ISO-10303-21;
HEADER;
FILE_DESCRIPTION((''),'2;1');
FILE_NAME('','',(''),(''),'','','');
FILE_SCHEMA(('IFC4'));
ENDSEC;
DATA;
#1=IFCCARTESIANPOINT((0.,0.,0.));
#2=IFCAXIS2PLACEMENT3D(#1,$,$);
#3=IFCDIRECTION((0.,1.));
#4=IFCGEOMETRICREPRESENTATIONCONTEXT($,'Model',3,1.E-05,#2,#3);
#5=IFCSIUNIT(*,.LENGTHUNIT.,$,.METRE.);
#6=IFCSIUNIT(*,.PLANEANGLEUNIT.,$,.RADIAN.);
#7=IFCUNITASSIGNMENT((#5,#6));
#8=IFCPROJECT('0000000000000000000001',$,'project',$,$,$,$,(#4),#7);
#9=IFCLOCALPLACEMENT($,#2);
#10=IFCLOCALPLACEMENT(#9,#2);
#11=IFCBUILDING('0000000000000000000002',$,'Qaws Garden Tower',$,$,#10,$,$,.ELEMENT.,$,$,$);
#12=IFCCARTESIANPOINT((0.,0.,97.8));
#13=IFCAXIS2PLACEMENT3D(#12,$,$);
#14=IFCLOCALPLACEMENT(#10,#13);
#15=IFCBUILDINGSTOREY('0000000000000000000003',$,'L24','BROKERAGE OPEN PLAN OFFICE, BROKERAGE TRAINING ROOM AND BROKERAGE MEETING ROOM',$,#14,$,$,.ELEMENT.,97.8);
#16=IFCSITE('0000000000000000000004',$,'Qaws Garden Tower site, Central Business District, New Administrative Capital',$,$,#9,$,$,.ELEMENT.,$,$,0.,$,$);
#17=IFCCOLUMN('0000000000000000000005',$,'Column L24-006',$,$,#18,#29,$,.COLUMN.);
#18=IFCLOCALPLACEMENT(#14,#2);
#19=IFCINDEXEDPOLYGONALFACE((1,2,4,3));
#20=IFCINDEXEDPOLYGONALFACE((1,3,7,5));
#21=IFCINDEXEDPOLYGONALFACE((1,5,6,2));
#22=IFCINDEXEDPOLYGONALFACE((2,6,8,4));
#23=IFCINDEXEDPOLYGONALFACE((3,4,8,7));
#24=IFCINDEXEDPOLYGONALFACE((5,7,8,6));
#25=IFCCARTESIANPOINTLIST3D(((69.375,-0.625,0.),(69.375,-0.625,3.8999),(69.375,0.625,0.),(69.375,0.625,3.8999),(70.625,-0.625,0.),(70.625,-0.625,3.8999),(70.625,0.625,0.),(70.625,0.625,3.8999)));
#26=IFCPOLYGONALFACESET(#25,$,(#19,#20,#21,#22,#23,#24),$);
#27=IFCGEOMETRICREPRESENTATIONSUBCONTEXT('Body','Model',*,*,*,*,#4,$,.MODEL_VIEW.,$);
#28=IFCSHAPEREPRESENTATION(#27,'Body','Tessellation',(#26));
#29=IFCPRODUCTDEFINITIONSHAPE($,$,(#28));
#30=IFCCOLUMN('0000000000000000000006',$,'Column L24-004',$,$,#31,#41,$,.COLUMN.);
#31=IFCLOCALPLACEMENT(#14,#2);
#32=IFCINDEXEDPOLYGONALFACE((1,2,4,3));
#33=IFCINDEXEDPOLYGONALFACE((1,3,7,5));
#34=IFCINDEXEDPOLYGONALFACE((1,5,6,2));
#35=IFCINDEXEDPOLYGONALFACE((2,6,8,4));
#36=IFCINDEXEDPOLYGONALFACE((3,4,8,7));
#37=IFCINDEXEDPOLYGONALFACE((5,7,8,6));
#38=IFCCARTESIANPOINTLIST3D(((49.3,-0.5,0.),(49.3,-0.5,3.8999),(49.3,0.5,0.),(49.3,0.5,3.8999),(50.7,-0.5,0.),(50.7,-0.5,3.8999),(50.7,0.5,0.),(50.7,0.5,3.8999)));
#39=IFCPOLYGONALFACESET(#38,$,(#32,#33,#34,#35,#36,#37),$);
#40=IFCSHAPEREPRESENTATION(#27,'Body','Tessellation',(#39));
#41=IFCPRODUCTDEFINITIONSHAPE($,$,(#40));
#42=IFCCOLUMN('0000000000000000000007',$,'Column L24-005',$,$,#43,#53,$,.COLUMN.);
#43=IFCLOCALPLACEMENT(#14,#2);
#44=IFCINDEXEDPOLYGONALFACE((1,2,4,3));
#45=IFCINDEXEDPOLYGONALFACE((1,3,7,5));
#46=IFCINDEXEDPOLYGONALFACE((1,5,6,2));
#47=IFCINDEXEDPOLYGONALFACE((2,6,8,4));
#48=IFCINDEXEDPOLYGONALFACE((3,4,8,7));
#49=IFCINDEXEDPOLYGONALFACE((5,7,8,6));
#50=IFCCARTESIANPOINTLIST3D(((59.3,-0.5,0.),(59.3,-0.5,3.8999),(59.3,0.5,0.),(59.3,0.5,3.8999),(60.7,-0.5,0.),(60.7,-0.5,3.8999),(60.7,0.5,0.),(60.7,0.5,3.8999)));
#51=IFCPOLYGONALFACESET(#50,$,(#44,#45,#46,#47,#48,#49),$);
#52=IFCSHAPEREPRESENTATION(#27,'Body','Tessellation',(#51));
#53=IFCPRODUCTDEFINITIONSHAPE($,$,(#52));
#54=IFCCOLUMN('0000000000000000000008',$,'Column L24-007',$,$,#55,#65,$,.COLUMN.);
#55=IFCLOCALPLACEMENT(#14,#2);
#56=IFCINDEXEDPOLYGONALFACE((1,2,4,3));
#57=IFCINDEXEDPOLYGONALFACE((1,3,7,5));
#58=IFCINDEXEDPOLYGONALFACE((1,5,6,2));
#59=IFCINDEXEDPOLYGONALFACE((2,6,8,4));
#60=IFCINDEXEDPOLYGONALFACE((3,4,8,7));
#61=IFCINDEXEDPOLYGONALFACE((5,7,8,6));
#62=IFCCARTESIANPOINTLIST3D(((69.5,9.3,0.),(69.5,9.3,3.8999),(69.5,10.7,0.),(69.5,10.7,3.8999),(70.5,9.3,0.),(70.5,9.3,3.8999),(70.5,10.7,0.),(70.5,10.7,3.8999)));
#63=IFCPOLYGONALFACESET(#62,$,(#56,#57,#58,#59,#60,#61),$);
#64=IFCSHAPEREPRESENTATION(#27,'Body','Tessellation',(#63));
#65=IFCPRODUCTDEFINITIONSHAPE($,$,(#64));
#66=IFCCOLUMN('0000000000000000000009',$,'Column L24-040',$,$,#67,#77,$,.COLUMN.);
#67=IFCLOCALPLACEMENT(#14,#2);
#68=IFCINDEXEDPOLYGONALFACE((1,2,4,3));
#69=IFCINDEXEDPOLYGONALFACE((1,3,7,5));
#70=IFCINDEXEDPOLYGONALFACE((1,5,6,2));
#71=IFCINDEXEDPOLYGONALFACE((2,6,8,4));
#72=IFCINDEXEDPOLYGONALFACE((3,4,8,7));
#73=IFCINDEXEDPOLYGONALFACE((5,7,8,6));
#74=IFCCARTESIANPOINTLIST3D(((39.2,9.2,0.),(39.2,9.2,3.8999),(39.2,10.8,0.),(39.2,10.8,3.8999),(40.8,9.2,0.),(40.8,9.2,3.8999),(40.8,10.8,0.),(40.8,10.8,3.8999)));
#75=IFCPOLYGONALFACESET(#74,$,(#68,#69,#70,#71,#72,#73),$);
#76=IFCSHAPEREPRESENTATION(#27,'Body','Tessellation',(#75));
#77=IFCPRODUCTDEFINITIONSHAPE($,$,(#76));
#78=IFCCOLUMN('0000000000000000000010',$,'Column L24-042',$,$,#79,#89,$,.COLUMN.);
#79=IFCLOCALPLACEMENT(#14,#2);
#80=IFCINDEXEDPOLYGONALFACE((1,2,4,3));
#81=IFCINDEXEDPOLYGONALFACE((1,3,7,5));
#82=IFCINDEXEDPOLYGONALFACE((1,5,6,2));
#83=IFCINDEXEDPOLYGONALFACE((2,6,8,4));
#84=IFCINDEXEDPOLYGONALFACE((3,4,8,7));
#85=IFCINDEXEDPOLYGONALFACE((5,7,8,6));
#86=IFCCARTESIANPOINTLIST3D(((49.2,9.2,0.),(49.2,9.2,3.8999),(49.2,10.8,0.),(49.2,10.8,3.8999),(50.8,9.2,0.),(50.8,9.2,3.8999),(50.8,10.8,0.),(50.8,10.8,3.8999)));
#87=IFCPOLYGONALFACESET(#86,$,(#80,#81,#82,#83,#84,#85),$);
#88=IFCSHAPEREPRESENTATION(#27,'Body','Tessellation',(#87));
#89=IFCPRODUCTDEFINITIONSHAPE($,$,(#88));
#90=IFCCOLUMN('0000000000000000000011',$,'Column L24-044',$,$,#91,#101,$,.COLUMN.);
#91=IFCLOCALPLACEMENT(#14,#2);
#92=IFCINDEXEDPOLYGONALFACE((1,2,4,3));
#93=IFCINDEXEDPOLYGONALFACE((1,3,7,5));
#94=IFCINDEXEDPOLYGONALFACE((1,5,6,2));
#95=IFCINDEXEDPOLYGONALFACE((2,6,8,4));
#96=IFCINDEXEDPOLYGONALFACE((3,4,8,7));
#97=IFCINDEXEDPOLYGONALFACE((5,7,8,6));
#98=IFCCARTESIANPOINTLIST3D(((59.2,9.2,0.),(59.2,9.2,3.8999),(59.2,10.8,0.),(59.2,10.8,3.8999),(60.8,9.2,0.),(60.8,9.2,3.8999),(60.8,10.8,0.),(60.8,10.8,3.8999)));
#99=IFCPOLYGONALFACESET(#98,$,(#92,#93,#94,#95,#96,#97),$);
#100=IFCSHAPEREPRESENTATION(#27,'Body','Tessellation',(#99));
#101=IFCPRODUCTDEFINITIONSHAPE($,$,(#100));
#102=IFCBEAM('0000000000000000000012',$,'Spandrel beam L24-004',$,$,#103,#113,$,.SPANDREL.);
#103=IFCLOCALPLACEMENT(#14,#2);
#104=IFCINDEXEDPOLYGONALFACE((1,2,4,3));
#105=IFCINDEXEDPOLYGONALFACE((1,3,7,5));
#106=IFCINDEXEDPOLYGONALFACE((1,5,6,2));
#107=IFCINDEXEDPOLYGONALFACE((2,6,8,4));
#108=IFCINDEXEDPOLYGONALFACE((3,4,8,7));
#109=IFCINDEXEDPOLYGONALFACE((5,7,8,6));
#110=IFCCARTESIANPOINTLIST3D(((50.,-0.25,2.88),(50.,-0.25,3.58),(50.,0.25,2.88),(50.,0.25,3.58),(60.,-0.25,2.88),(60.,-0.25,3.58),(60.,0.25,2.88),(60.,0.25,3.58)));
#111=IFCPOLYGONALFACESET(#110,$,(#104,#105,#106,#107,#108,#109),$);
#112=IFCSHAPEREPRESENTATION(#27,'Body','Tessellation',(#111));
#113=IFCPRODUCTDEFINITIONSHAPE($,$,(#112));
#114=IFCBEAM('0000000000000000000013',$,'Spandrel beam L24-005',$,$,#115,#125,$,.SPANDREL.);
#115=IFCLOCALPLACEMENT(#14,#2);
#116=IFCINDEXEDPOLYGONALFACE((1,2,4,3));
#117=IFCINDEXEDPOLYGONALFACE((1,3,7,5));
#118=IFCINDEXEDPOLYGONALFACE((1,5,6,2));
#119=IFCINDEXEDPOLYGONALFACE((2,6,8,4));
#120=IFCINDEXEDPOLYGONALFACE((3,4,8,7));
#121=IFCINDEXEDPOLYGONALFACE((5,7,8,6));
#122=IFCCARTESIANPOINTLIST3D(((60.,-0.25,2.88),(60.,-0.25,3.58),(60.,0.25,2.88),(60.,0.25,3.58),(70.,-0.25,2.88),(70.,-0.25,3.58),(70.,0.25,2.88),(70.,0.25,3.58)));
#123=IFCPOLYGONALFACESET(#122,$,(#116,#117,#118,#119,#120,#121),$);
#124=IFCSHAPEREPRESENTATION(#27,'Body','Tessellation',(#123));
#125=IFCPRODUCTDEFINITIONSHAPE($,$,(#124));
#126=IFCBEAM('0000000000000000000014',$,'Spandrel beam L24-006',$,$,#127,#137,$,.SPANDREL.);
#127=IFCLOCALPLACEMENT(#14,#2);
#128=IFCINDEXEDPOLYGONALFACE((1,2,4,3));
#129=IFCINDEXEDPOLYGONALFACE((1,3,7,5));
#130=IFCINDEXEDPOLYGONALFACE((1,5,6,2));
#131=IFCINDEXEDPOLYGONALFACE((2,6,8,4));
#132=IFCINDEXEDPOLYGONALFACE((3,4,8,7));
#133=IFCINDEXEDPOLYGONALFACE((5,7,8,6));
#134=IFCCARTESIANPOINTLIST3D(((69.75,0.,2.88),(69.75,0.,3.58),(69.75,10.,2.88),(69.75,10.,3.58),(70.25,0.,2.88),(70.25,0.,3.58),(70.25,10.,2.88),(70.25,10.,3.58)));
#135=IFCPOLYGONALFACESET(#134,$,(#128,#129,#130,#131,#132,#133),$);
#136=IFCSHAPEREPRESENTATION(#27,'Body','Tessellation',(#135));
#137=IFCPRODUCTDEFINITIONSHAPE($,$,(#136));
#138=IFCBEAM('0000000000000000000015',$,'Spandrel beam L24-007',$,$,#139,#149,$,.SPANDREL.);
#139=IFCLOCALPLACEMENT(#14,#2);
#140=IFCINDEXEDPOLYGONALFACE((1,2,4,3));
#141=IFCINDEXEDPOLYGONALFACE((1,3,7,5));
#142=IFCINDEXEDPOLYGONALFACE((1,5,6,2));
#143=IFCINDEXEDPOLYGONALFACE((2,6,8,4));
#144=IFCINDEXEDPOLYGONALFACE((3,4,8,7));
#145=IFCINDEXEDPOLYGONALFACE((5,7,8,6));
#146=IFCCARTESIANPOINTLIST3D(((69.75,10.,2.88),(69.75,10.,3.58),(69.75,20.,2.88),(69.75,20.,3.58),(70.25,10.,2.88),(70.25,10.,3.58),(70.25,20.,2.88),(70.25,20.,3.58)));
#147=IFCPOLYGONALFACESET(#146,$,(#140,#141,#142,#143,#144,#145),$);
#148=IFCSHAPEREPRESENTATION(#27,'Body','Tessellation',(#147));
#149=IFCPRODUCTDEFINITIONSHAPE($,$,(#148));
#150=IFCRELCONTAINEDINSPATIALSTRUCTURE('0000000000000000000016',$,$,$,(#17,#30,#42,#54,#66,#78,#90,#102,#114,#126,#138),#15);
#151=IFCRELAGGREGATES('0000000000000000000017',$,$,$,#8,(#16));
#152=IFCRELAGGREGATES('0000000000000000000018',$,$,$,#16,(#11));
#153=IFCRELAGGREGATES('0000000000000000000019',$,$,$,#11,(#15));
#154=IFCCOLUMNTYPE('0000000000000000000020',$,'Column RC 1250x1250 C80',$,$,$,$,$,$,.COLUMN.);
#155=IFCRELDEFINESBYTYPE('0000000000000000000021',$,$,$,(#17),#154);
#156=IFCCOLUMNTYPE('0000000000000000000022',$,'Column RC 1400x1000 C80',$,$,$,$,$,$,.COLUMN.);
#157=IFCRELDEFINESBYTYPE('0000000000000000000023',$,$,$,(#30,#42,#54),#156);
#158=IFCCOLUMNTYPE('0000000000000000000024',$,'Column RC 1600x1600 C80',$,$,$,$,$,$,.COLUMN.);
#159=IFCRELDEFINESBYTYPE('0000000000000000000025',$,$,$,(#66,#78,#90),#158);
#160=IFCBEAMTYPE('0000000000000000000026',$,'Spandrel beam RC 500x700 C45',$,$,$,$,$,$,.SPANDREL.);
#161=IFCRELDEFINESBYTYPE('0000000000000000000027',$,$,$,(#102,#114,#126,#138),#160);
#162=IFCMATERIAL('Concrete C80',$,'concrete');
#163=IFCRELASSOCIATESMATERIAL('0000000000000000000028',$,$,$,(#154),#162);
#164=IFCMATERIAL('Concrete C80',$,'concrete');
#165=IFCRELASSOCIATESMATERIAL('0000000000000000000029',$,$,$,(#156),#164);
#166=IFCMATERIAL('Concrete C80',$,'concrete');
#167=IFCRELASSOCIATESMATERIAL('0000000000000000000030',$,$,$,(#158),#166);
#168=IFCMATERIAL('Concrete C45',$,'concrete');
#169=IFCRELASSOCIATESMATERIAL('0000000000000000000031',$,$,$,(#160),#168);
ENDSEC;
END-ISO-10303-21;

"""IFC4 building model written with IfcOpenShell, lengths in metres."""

from ifc_helpers import new_model, si_unit, direction, frame, origin, origin_2d, place, context, subcontext, project, spatial, rectangle, extrude, material, material_profile, profile_set, type_object, element, save


model = new_model("IFC4")

# Units and contexts
model_context = context("Model", 3, precision=1e-05, world=origin(), true_north=direction((0.0, 1.0)))
body_context = subcontext(model_context, "Body", "Model", "MODEL_VIEW")
ifc_project = project(units=[si_unit("LENGTHUNIT", "METRE"), si_unit("PLANEANGLEUNIT", "RADIAN")], contexts=[model_context])

# Site, building, storey
site_placement = place(None, origin())
site = spatial("IfcSite", under=ifc_project, at=site_placement, Name="Qaws Garden Tower site, Central Business District, New Administrative Capital", CompositionType="ELEMENT", RefElevation=0.0)
building_placement = place(site_placement, origin())
building = spatial("IfcBuilding", under=site, at=building_placement, Name="Qaws Garden Tower", CompositionType="ELEMENT")
storey_placement = place(building_placement, frame((0.0, 0.0, 97.8)))
storey = spatial("IfcBuildingStorey", under=building, at=storey_placement, Name="L24", Description="BROKERAGE OPEN PLAN OFFICE, BROKERAGE TRAINING ROOM AND BROKERAGE MEETING ROOM", CompositionType="ELEMENT", Elevation=97.8)

# Columns
ifc_material_1 = material(Name="Concrete C80", Category="concrete")
ifc_material_profile_1 = material_profile(ifc_material_1, rectangle(XDim=1.25, YDim=1.25, at=origin_2d()), Name="RC 1250x1250")
ifc_profile_set_1 = profile_set([ifc_material_profile_1], Name="Concrete C80")
column_type_1 = type_object("IfcColumnType", Name="Column RC 1250x1250 C80", PredefinedType="COLUMN", material=ifc_profile_set_1)
column_placement = place(storey_placement, frame((70.0, 0.0, 0.0), z_axis=(0.0, 0.0, 1.0), x_axis=(1.0, 0.0, 0.0)))
element("IfcColumn", 1, at=column_placement, inside=storey, type_object=column_type_1, Name="Column L24-006", PredefinedType="COLUMN", context=body_context, shape_type="SweptSolid", body=[
    extrude(rectangle(XDim=1.25, YDim=1.25, at=origin_2d()), origin(), (0.0, 0.0, 1.0), 3.8999),
])
ifc_material_2 = material(Name="Concrete C80", Category="concrete")
ifc_material_profile_2 = material_profile(ifc_material_2, rectangle(XDim=1.3999, YDim=1.0, at=origin_2d()), Name="RC 1400x1000")
ifc_profile_set_2 = profile_set([ifc_material_profile_2], Name="Concrete C80")
column_type_2 = type_object("IfcColumnType", Name="Column RC 1400x1000 C80", PredefinedType="COLUMN", material=ifc_profile_set_2)
for number, where, z_axis, x_axis, name in (
    (2, (50.0, 0.0, 0.0), (0.0, 0.0, 1.0), (1.0, 0.0, 0.0), "Column L24-004"),
    (3, (60.0, 0.0, 0.0), (0.0, 0.0, 1.0), (1.0, 0.0, 0.0), "Column L24-005"),
    (4, (70.0, 10.0, 0.0), (0.0, 0.0, 1.0), (0.0, 1.0, 0.0), "Column L24-007"),
):
    element("IfcColumn", number, at=place(storey_placement, frame(where, z_axis=z_axis, x_axis=x_axis)), inside=storey, type_object=column_type_2, Name=name, PredefinedType="COLUMN", context=body_context, shape_type="SweptSolid", body=[
        extrude(rectangle(XDim=1.3999, YDim=1.0, at=origin_2d()), origin(), (0.0, 0.0, 1.0), 3.8999),
    ])
ifc_material_3 = material(Name="Concrete C80", Category="concrete")
ifc_material_profile_3 = material_profile(ifc_material_3, rectangle(XDim=1.6001, YDim=1.6001, at=origin_2d()), Name="RC 1600x1600")
ifc_profile_set_3 = profile_set([ifc_material_profile_3], Name="Concrete C80")
column_type_3 = type_object("IfcColumnType", Name="Column RC 1600x1600 C80", PredefinedType="COLUMN", material=ifc_profile_set_3)
for number, where, z_axis, x_axis, name in (
    (5, (40.0, 10.0, 0.0), (0.0, 0.0, 1.0), (1.0, 0.0, 0.0), "Column L24-040"),
    (6, (50.0, 10.0, 0.0), (0.0, 0.0, 1.0), (1.0, 0.0, 0.0), "Column L24-042"),
    (7, (60.0, 10.0, 0.0), (0.0, 0.0, 1.0), (1.0, 0.0, 0.0), "Column L24-044"),
):
    element("IfcColumn", number, at=place(storey_placement, frame(where, z_axis=z_axis, x_axis=x_axis)), inside=storey, type_object=column_type_3, Name=name, PredefinedType="COLUMN", context=body_context, shape_type="SweptSolid", body=[
        extrude(rectangle(XDim=1.6001, YDim=1.6001, at=origin_2d()), origin(), (0.0, 0.0, 1.0), 3.8999),
    ])

# Beams
ifc_material_4 = material(Name="Concrete C45", Category="concrete")
ifc_material_profile_4 = material_profile(ifc_material_4, rectangle(XDim=0.5, YDim=0.7, at=origin_2d()), Name="RC 500x700")
ifc_profile_set_4 = profile_set([ifc_material_profile_4], Name="Concrete C45")
beam_type = type_object("IfcBeamType", Name="Spandrel beam RC 500x700 C45", PredefinedType="SPANDREL", material=ifc_profile_set_4)
for number, where, z_axis, x_axis, name in (
    (8, (50.0, 0.0, 3.23), (1.0, 0.0, 0.0), (0.0, 1.0, 0.0), "Spandrel beam L24-004"),
    (9, (60.0, 0.0, 3.23), (1.0, 0.0, 0.0), (0.0, 1.0, 0.0), "Spandrel beam L24-005"),
    (10, (70.0, 0.0, 3.23), (0.0, 1.0, 0.0), (-1.0, 0.0, 0.0), "Spandrel beam L24-006"),
    (11, (70.0, 10.0, 3.23), (0.0, 1.0, 0.0), (-1.0, 0.0, 0.0), "Spandrel beam L24-007"),
):
    element("IfcBeam", number, at=place(storey_placement, frame(where, z_axis=z_axis, x_axis=x_axis)), inside=storey, type_object=beam_type, Name=name, PredefinedType="SPANDREL", context=body_context, shape_type="SweptSolid", body=[
        extrude(rectangle(XDim=0.5, YDim=0.7, at=origin_2d()), origin(), (0.0, 0.0, 1.0), 10.0),
    ])

save(model, "model.ifc")
